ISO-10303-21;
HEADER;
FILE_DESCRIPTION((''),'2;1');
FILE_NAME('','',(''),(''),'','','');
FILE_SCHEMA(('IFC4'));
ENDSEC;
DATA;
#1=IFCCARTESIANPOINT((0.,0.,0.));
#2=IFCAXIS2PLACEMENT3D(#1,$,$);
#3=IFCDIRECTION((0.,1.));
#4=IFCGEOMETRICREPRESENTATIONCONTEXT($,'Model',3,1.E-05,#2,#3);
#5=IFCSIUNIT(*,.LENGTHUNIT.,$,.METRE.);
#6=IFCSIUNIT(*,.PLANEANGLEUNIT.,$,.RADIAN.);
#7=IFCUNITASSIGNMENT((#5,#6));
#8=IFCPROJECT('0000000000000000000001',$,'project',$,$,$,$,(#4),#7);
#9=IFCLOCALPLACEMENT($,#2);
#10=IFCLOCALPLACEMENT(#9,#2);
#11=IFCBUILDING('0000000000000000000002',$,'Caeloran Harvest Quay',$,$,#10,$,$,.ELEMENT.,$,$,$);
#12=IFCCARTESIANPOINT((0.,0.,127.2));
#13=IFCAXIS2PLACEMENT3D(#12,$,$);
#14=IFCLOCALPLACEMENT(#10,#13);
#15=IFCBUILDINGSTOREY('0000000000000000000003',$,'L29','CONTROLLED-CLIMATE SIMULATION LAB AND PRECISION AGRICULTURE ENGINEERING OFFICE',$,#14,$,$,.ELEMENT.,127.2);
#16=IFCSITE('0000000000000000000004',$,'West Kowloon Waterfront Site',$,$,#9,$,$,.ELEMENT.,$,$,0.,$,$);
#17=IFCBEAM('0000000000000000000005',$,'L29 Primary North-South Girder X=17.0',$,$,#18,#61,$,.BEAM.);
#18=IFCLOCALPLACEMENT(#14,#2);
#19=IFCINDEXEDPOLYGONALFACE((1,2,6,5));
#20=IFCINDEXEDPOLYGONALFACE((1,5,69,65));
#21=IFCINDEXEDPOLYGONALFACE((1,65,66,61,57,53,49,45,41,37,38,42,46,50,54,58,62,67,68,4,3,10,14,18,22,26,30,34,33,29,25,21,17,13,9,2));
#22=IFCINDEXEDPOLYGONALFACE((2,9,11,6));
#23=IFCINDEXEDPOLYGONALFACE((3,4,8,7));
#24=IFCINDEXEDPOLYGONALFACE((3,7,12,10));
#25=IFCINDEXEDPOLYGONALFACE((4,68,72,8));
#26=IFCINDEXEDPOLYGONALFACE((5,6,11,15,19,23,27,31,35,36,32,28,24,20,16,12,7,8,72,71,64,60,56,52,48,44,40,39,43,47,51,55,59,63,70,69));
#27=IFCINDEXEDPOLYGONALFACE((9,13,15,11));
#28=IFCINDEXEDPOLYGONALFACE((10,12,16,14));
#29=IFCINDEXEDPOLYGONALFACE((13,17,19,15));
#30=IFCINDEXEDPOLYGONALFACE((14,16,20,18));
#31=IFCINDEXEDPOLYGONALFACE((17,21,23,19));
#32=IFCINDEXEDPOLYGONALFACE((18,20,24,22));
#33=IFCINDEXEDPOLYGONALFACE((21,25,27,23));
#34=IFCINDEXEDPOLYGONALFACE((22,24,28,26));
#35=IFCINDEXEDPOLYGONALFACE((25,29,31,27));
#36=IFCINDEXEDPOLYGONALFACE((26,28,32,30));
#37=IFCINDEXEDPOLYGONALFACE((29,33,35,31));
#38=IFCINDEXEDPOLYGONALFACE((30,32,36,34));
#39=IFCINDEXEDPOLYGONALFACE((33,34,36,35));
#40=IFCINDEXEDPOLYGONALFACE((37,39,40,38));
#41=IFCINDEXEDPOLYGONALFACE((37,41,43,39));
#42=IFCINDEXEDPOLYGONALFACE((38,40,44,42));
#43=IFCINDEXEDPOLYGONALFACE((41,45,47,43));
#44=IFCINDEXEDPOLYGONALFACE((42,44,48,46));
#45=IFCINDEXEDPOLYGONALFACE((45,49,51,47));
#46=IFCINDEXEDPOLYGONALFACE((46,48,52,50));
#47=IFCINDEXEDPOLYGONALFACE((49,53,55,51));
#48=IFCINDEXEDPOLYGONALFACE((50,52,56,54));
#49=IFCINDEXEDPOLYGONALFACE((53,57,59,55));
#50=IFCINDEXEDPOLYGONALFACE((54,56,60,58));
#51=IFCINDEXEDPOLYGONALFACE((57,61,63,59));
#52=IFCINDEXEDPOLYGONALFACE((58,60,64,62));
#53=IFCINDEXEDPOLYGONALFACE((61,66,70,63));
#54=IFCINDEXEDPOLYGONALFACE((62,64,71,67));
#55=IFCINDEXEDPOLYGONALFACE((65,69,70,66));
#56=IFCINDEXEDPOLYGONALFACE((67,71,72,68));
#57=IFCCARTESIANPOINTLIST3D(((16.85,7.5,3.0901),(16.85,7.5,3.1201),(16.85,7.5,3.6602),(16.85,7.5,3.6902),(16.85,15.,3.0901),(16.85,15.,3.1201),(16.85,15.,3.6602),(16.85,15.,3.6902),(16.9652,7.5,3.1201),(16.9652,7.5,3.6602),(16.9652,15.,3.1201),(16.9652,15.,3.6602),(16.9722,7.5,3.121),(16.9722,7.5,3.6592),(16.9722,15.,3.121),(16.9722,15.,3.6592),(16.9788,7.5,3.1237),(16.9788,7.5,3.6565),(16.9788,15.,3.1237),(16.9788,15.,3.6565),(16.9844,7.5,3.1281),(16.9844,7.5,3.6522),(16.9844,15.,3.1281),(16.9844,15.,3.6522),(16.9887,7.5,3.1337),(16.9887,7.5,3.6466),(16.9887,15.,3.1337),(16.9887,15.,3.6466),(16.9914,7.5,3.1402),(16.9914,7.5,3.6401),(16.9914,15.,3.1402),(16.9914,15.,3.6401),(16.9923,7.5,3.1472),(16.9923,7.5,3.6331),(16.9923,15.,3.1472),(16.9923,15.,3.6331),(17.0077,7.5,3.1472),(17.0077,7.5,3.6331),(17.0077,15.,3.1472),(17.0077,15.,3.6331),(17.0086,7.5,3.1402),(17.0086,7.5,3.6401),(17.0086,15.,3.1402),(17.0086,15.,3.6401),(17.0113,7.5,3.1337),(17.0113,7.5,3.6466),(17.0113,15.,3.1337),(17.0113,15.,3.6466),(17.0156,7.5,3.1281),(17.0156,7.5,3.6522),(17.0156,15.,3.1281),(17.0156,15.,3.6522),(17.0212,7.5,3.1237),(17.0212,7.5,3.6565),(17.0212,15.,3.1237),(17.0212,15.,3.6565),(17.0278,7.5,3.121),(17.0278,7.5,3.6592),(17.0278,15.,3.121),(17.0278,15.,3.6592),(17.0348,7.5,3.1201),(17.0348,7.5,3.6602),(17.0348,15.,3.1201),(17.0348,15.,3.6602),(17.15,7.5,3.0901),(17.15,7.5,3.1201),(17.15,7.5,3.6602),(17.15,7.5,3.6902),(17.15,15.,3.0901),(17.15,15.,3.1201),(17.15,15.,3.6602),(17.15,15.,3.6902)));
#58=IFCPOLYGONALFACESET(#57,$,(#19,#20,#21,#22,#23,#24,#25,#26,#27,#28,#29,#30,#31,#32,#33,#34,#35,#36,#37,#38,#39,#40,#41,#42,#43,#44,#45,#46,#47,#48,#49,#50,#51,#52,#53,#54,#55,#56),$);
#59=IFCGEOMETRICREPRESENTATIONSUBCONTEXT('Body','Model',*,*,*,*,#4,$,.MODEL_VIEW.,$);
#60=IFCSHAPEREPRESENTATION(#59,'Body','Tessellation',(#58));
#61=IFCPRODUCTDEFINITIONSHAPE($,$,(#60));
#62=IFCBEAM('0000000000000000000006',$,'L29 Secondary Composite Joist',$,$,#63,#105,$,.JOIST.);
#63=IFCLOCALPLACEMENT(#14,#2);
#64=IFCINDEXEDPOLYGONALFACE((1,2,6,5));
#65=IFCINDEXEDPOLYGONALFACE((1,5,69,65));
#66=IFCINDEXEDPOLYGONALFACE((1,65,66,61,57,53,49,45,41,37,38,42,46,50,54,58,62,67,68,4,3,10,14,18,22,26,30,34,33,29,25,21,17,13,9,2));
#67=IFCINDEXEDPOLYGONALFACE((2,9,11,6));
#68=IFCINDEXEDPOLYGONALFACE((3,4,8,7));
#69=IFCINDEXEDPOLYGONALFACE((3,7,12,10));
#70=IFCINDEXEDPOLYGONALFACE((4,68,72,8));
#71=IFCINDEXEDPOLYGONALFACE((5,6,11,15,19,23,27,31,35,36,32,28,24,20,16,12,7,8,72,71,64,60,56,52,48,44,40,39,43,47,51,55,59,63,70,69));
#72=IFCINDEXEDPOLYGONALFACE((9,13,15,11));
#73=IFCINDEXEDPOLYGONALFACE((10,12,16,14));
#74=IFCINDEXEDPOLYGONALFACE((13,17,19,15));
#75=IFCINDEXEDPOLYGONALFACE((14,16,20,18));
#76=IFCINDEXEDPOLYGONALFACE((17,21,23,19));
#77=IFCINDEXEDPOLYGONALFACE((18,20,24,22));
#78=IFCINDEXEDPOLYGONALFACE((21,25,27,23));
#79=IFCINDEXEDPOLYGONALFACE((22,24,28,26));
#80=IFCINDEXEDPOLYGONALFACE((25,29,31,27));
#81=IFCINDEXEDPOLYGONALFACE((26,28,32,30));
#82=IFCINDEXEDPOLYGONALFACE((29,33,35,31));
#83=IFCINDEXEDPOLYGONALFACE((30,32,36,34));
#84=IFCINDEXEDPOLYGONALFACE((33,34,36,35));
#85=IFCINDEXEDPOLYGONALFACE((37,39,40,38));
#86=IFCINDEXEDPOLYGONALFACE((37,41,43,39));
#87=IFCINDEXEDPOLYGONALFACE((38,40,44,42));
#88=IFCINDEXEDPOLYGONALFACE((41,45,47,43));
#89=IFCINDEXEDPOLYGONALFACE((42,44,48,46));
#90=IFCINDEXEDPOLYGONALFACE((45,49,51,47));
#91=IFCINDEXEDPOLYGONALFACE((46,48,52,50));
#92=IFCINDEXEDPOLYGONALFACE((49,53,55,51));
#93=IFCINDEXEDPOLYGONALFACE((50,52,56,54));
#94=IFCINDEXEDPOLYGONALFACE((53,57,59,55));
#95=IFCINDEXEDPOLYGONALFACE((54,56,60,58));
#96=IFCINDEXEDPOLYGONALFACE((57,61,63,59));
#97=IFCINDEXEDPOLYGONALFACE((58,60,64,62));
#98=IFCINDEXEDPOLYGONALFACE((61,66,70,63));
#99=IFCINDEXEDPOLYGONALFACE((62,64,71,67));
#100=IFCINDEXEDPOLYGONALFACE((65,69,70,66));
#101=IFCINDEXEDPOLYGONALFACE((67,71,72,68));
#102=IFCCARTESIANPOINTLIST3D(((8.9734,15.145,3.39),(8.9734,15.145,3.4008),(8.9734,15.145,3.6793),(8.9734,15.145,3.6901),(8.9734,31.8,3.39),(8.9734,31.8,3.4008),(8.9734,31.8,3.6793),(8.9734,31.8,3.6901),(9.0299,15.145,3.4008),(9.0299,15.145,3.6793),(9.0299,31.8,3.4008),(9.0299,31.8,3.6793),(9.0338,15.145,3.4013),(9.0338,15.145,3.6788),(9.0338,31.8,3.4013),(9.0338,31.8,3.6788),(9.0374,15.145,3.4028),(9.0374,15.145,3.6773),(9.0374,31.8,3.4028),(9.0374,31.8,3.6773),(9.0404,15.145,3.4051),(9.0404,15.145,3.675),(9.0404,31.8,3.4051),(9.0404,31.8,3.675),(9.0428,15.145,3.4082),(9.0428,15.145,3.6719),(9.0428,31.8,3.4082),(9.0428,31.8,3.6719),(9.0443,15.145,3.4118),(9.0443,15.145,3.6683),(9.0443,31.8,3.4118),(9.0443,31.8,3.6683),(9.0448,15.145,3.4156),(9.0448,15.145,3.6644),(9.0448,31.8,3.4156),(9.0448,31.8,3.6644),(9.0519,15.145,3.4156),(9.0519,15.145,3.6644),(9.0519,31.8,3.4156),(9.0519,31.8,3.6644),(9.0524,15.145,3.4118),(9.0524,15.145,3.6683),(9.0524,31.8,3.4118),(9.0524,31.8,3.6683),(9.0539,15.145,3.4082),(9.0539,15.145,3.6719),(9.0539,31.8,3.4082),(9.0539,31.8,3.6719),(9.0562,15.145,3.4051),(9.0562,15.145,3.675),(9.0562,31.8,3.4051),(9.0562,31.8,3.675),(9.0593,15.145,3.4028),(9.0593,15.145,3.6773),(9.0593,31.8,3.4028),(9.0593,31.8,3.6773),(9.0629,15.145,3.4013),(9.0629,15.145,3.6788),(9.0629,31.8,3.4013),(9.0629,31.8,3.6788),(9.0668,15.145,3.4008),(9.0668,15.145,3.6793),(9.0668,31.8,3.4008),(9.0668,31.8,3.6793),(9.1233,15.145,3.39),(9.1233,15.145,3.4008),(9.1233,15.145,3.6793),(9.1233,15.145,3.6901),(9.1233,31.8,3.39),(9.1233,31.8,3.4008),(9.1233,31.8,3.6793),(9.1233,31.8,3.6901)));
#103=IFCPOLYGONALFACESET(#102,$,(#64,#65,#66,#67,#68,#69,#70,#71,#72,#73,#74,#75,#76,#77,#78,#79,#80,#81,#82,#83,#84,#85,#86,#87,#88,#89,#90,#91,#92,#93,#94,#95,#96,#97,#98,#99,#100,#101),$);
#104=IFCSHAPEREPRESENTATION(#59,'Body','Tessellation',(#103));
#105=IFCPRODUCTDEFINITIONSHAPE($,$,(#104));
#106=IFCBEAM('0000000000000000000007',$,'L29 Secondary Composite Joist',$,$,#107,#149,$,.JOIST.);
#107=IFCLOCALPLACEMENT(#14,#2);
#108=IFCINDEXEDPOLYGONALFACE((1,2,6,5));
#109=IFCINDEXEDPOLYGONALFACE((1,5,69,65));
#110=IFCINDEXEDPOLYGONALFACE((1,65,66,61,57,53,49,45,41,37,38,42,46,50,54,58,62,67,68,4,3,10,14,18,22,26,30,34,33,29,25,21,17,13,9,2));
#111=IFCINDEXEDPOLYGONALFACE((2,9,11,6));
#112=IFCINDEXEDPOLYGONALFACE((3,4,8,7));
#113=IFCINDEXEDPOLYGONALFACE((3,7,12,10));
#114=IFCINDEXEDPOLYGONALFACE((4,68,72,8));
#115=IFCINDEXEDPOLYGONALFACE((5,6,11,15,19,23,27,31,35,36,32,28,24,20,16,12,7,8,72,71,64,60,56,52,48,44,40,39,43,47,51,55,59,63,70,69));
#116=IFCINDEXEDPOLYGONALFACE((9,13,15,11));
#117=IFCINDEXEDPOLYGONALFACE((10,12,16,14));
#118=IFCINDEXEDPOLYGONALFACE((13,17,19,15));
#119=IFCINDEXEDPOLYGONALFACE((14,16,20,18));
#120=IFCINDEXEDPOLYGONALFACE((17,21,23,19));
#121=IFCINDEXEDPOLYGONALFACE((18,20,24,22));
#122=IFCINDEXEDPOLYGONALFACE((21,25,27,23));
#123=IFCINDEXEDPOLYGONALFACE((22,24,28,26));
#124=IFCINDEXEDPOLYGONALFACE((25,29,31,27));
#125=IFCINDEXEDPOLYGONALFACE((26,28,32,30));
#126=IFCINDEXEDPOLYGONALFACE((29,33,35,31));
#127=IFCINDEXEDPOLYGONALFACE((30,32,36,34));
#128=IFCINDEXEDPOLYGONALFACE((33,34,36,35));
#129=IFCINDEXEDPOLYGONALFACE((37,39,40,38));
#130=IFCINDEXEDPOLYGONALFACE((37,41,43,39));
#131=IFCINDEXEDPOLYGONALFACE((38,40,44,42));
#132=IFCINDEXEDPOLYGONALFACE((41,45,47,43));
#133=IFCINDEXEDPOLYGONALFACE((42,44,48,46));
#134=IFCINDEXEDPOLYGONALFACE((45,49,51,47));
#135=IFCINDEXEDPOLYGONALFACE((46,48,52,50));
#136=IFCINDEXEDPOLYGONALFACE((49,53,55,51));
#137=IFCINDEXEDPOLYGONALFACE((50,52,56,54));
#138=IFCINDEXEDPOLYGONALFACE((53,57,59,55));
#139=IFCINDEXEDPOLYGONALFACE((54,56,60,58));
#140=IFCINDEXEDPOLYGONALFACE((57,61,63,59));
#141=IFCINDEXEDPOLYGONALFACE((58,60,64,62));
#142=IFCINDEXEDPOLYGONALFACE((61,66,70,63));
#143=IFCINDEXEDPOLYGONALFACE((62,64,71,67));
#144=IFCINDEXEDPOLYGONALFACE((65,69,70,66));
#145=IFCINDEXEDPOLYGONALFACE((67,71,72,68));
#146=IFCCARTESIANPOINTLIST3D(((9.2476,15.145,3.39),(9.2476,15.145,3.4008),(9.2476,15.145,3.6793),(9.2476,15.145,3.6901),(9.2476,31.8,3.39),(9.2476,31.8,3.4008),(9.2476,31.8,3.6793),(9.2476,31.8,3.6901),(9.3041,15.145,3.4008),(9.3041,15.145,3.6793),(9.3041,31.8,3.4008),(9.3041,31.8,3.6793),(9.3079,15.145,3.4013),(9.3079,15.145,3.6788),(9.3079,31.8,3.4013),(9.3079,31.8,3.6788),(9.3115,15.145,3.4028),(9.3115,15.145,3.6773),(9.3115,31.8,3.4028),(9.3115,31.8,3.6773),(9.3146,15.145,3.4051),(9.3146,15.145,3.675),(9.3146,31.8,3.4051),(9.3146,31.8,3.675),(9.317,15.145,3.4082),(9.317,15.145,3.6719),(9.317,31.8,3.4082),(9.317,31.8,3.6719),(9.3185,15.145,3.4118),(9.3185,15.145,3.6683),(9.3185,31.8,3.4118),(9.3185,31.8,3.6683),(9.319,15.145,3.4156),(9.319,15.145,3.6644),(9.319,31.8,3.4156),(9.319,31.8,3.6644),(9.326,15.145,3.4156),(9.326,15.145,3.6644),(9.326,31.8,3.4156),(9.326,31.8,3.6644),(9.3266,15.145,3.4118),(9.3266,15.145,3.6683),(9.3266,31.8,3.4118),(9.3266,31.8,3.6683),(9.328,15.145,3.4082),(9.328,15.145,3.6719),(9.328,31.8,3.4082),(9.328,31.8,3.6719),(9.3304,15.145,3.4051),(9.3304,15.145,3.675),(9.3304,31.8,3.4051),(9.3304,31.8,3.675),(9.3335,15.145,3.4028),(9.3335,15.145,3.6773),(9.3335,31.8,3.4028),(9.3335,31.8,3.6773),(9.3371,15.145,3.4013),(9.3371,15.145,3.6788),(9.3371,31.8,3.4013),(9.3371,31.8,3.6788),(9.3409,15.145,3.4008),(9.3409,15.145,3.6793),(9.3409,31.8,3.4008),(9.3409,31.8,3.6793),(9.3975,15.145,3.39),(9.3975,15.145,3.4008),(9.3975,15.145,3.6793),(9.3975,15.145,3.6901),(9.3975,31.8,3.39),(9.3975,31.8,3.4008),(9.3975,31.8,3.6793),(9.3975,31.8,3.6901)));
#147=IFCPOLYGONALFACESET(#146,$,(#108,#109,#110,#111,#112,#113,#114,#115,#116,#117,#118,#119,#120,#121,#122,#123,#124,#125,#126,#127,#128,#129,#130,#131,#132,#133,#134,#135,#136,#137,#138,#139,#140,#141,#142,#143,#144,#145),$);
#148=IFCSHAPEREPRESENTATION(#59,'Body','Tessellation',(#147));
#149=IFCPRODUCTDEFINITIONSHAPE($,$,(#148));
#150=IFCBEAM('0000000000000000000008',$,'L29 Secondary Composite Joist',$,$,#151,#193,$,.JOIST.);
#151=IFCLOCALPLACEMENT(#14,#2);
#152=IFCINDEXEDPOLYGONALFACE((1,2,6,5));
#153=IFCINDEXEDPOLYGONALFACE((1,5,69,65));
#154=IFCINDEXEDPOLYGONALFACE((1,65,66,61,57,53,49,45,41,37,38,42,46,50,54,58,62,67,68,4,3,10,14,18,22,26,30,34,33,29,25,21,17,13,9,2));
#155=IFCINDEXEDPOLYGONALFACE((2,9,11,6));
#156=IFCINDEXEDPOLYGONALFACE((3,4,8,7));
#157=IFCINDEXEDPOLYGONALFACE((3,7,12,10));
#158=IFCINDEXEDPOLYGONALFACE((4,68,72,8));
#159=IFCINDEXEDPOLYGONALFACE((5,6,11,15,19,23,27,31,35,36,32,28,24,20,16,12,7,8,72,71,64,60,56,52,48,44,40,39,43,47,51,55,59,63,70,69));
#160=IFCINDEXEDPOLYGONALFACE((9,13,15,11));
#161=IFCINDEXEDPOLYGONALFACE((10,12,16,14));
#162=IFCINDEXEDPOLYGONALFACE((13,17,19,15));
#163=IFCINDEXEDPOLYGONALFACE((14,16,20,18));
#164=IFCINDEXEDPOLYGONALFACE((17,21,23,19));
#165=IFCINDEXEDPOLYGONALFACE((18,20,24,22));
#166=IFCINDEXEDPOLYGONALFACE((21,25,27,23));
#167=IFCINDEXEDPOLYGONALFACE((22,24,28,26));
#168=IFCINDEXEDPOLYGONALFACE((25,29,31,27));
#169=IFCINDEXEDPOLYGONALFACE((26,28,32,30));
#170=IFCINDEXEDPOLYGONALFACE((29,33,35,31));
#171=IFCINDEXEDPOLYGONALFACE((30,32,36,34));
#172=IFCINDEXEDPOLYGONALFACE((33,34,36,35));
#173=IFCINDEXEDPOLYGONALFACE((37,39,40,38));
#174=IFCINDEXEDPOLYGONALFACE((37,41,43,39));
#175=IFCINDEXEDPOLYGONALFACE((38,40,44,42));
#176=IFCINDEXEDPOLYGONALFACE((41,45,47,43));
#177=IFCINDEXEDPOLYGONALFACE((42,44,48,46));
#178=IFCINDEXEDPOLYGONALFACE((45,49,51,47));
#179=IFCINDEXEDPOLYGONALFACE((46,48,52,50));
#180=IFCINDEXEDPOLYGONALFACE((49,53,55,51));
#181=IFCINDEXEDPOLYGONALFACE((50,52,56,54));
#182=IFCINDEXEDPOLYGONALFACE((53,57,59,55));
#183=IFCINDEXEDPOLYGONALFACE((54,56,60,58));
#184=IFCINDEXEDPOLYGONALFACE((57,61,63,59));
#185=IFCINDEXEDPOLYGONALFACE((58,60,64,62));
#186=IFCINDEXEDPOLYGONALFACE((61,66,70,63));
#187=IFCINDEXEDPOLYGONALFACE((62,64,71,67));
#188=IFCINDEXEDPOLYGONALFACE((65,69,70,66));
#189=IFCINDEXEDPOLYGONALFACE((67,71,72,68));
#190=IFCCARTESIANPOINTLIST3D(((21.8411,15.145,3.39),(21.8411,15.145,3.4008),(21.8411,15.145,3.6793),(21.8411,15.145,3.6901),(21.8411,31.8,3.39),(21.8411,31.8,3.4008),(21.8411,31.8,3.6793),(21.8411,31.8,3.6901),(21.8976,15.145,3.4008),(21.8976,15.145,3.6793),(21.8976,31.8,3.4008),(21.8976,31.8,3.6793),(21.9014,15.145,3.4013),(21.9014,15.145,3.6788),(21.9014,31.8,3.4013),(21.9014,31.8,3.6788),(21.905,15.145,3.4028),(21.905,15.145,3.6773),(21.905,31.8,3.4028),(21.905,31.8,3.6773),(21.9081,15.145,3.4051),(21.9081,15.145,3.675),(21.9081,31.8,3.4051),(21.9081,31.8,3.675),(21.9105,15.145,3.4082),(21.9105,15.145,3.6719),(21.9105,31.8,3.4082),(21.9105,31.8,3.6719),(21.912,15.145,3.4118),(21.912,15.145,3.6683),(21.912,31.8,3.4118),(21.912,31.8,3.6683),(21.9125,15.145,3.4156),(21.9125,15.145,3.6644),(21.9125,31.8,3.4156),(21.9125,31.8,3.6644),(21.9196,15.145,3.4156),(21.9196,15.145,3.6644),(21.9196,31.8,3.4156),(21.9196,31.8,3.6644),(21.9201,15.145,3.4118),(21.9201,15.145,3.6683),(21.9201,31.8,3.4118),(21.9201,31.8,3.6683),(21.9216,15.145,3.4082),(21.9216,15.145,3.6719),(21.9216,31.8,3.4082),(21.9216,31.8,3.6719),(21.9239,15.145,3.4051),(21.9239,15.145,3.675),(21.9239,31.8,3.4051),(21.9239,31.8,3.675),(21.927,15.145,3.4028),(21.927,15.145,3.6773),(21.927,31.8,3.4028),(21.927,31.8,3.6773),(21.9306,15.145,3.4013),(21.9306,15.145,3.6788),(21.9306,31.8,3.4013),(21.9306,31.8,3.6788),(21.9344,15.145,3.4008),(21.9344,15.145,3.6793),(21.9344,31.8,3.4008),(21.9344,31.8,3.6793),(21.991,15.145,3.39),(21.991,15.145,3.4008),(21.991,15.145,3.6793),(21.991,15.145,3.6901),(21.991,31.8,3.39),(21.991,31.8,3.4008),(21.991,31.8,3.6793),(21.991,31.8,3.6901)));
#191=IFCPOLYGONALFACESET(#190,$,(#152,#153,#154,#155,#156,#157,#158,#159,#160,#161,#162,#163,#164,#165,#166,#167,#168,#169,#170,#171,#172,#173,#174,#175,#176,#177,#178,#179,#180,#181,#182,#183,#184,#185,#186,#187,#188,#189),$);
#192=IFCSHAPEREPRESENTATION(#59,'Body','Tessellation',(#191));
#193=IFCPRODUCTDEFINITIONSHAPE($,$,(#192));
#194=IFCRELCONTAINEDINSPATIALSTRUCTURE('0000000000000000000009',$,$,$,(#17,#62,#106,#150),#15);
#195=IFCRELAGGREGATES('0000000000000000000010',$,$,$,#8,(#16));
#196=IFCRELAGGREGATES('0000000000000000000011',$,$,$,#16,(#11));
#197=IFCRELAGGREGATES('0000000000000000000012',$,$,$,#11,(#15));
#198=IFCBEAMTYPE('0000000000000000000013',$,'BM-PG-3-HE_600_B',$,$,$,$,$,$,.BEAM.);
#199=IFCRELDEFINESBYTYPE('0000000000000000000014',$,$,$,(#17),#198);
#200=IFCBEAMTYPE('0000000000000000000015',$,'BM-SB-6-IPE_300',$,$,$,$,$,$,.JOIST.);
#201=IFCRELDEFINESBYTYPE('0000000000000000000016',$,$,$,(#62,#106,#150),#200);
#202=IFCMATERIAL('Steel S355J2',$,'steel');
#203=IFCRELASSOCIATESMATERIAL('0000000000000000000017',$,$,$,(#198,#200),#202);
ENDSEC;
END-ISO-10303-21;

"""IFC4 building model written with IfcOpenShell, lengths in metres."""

from ifc_helpers import new_model, si_unit, direction, frame, origin, origin_2d, place, context, subcontext, project, spatial, i_section, extrude, material, material_profile, profile_set, type_object, element, save


model = new_model("IFC4")

# Units and contexts
model_context = context("Model", 3, precision=1e-05, world=origin(), true_north=direction((0.0, 1.0)))
body_context = subcontext(model_context, "Body", "Model", "MODEL_VIEW")
ifc_project = project(units=[si_unit("LENGTHUNIT", "METRE"), si_unit("PLANEANGLEUNIT", "RADIAN")], contexts=[model_context])

# Site, building, storey
site_placement = place(None, origin())
site = spatial("IfcSite", under=ifc_project, at=site_placement, Name="West Kowloon Waterfront Site", CompositionType="ELEMENT", RefElevation=0.0)
building_placement = place(site_placement, origin())
building = spatial("IfcBuilding", under=site, at=building_placement, Name="Caeloran Harvest Quay", CompositionType="ELEMENT")
storey_placement = place(building_placement, frame((0.0, 0.0, 127.2)))
storey = spatial("IfcBuildingStorey", under=building, at=storey_placement, Name="L29", Description="CONTROLLED-CLIMATE SIMULATION LAB AND PRECISION AGRICULTURE ENGINEERING OFFICE", CompositionType="ELEMENT", Elevation=127.2)

# Beams
ifc_material_1 = material(Name="Steel S355J2", Category="steel")
ifc_material_profile_1 = material_profile(ifc_material_1, i_section(OverallWidth=0.3, OverallDepth=0.6001, WebThickness=0.0154, FlangeThickness=0.03, FilletRadius=0.0271, at=origin_2d()), Name="HE 600 B")
ifc_profile_set_1 = profile_set([ifc_material_profile_1], Name="Steel S355J2")
beam_type_1 = type_object("IfcBeamType", Name="BM-PG-3-HE_600_B", PredefinedType="BEAM", material=ifc_profile_set_1)
beam_1_placement = place(storey_placement, frame((17.0, 7.5, 3.3901), z_axis=(0.0, 1.0, 0.0), x_axis=(-1.0, 0.0, 0.0)))
element("IfcBeam", 1, at=beam_1_placement, inside=storey, type_object=beam_type_1, Name="L29 Primary North-South Girder X=17.0", PredefinedType="BEAM", context=body_context, shape_type="SweptSolid", body=[
    extrude(i_section(OverallWidth=0.3, OverallDepth=0.6001, WebThickness=0.0154, FlangeThickness=0.03, FilletRadius=0.0271, at=origin_2d()), origin(), (0.0, 0.0, 1.0), 7.5),
])
ifc_material_profile_2 = material_profile(ifc_material_1, i_section(OverallWidth=0.1499, OverallDepth=0.3, WebThickness=0.0071, FlangeThickness=0.0107, FilletRadius=0.0149, at=origin_2d()), Name="IPE 300")
ifc_profile_set_2 = profile_set([ifc_material_profile_2], Name="Steel S355J2")
beam_type_2 = type_object("IfcBeamType", Name="BM-SB-6-IPE_300", PredefinedType="JOIST", material=ifc_profile_set_2)
for number, where, z_axis, x_axis, name in (
    (2, (9.0483, 15.145, 3.54), (0.0, 1.0, 0.0), (-1.0, 0.0, 0.0), "L29 Secondary Composite Joist"),
    (3, (9.3225, 15.145, 3.54), (0.0, 1.0, 0.0), (-1.0, 0.0, 0.0), "L29 Secondary Composite Joist"),
    (4, (21.916, 15.145, 3.54), (0.0, 1.0, 0.0), (-1.0, 0.0, 0.0), "L29 Secondary Composite Joist"),
):
    element("IfcBeam", number, at=place(storey_placement, frame(where, z_axis=z_axis, x_axis=x_axis)), inside=storey, type_object=beam_type_2, Name=name, PredefinedType="JOIST", context=body_context, shape_type="SweptSolid", body=[
        extrude(i_section(OverallWidth=0.1499, OverallDepth=0.3, WebThickness=0.0071, FlangeThickness=0.0107, FilletRadius=0.0149, at=origin_2d()), origin(), (0.0, 0.0, 1.0), 16.655),
    ])

save(model, "model.ifc")
